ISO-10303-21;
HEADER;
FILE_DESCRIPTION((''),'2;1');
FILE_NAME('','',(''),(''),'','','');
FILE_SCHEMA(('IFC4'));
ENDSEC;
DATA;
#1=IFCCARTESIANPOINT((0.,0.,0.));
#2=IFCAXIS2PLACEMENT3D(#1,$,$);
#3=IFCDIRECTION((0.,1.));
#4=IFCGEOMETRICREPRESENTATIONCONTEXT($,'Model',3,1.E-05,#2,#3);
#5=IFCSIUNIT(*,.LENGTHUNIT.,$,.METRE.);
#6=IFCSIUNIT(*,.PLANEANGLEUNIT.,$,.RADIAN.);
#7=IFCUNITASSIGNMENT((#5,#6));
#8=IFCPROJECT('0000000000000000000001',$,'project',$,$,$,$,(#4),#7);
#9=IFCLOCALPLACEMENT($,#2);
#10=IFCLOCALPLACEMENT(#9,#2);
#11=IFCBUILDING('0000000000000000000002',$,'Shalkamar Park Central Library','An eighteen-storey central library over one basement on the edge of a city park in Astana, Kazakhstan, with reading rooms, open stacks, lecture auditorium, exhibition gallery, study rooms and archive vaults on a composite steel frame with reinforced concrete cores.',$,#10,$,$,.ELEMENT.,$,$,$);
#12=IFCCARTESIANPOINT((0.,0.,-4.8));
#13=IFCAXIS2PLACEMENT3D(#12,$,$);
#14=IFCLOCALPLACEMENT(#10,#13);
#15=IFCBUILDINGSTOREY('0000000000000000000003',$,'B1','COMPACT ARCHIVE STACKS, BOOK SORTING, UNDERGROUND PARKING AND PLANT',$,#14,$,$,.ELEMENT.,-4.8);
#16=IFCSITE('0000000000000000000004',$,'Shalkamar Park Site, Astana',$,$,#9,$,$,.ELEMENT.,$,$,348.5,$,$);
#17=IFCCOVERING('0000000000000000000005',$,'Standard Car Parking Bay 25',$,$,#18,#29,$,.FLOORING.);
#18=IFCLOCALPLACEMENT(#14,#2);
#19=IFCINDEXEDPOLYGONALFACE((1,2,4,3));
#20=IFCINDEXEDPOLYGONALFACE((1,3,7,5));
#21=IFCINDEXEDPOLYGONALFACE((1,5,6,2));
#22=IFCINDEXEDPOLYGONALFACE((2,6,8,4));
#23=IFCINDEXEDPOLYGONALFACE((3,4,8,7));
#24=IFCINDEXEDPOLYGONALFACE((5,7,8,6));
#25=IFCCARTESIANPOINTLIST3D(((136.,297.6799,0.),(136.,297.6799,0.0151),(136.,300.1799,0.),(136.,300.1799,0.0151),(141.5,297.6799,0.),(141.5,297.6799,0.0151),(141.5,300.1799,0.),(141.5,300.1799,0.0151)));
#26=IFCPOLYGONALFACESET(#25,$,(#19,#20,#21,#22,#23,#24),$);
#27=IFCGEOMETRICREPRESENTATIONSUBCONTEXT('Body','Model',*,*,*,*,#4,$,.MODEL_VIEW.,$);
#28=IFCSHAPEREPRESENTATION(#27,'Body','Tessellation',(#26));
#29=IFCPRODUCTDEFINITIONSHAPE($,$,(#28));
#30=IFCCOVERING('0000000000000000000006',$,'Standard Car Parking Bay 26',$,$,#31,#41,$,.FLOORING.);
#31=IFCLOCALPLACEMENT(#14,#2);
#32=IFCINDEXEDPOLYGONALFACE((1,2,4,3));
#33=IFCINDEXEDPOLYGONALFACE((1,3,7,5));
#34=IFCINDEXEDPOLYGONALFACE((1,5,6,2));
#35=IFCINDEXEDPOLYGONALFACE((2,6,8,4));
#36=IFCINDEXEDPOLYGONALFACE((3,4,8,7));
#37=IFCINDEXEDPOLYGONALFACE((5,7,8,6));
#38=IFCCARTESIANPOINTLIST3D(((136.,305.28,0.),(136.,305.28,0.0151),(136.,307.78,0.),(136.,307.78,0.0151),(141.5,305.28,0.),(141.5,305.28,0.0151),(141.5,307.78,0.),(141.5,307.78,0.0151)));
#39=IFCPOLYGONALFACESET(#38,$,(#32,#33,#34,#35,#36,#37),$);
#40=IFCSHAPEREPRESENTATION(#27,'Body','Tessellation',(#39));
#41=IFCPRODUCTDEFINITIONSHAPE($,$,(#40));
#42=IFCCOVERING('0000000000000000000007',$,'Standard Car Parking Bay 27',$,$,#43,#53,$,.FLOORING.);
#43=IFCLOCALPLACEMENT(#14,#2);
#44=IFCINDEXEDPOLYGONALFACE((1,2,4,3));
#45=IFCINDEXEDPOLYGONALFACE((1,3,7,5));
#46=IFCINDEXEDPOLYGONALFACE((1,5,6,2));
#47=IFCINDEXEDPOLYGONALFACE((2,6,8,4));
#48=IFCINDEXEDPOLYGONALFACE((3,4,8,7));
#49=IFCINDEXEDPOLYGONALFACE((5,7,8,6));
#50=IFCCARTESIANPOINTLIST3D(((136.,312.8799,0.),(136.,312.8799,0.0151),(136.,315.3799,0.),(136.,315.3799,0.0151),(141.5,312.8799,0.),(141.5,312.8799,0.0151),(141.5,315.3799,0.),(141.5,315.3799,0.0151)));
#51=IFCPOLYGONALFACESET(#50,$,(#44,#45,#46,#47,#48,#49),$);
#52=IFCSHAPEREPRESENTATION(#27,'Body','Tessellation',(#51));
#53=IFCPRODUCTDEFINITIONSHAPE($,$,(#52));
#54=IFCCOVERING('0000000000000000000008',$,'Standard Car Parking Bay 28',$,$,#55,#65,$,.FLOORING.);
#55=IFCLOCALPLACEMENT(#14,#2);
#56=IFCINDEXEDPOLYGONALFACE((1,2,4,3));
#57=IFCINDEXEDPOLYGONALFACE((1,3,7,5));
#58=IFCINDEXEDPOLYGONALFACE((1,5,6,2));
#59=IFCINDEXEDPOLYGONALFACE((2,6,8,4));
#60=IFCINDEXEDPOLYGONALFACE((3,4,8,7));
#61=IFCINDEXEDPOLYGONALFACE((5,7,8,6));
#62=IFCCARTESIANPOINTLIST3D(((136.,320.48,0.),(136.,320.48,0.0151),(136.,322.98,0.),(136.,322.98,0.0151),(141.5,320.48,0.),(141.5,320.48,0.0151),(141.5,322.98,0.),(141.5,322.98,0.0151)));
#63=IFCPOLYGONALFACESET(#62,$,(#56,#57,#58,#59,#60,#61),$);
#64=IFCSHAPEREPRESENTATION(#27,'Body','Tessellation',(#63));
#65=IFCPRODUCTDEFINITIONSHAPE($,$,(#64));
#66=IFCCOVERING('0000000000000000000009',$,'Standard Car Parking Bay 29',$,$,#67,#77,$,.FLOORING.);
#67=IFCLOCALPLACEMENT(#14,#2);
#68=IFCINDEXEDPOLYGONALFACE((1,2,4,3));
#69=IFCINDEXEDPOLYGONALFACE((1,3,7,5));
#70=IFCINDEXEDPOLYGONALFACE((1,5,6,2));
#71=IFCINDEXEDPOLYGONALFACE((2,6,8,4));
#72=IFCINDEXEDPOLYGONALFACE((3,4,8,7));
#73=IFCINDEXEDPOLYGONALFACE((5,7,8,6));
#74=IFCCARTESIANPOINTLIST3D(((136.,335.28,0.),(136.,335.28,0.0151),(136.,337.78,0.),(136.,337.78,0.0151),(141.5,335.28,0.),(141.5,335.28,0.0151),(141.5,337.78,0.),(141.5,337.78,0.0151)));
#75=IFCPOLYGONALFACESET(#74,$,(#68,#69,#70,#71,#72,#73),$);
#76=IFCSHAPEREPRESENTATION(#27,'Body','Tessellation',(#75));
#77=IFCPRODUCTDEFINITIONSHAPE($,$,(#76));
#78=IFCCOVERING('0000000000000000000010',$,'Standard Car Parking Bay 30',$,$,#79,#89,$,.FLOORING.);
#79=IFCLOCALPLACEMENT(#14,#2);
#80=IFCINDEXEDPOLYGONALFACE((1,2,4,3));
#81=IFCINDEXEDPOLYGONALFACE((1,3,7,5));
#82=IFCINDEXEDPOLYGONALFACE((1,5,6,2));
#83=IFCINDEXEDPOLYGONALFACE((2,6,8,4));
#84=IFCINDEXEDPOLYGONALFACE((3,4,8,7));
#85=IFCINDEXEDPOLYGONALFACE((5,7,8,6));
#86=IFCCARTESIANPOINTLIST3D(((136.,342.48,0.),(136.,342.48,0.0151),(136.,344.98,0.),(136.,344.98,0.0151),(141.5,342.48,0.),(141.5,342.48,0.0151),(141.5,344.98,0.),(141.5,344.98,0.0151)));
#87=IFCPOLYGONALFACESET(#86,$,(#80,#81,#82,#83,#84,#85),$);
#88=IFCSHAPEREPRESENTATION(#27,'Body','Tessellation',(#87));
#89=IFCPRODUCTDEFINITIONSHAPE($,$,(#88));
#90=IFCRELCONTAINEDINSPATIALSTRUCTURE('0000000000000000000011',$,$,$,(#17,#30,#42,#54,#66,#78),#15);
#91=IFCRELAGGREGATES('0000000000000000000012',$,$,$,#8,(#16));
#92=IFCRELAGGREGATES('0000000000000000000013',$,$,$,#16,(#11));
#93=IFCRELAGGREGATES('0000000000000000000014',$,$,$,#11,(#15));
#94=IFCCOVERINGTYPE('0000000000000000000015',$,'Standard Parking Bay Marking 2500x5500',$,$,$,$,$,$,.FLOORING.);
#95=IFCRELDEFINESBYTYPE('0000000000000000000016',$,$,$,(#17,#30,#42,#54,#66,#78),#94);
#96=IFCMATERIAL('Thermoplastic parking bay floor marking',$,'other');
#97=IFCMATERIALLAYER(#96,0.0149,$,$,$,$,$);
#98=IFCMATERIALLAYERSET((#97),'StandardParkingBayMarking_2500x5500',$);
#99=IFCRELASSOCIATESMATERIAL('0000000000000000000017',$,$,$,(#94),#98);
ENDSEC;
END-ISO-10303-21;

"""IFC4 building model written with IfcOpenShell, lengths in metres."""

from ifc_helpers import new_model, si_unit, direction, frame, origin, place, context, subcontext, project, spatial, polyline, outline, extrude, material, layer, layer_set, type_object, element, save


model = new_model("IFC4")

# Units and contexts
model_context = context("Model", 3, precision=1e-05, world=origin(), true_north=direction((0.0, 1.0)))
body_context = subcontext(model_context, "Body", "Model", "MODEL_VIEW")
ifc_project = project(units=[si_unit("LENGTHUNIT", "METRE"), si_unit("PLANEANGLEUNIT", "RADIAN")], contexts=[model_context])

# Site, building, storey
site_placement = place(None, origin())
site = spatial("IfcSite", under=ifc_project, at=site_placement, Name="Shalkamar Park Site, Astana", CompositionType="ELEMENT", RefElevation=348.5)
building_placement = place(site_placement, origin())
building = spatial("IfcBuilding", under=site, at=building_placement, Name="Shalkamar Park Central Library", Description="An eighteen-storey central library over one basement on the edge of a city park in Astana, Kazakhstan, with reading rooms, open stacks, lecture auditorium, exhibition gallery, study rooms and archive vaults on a composite steel frame with reinforced concrete cores.", CompositionType="ELEMENT")
storey_placement = place(building_placement, frame((0.0, 0.0, -4.8)))
storey = spatial("IfcBuildingStorey", under=building, at=storey_placement, Name="B1", Description="COMPACT ARCHIVE STACKS, BOOK SORTING, UNDERGROUND PARKING AND PLANT", CompositionType="ELEMENT", Elevation=-4.8)

# Coverings
ifc_material_1 = material(Name="Thermoplastic parking bay floor marking", Category="other")
ifc_layer_1 = layer(ifc_material_1, 0.0149)
ifc_layer_set_1 = layer_set([ifc_layer_1], Name="StandardParkingBayMarking_2500x5500")
covering_type_1 = type_object("IfcCoveringType", Name="Standard Parking Bay Marking 2500x5500", PredefinedType="FLOORING", material=ifc_layer_set_1)
covering_1_placement = place(storey_placement, origin())
element("IfcCovering", 1, at=covering_1_placement, inside=storey, type_object=covering_type_1, Name="Standard Car Parking Bay 25", PredefinedType="FLOORING", context=body_context, shape_type="SweptSolid", body=[
    extrude(outline(polyline([(136.0, 297.6799), (141.5, 297.6799), (141.5, 300.1799), (136.0, 300.1799), (136.0, 297.6799)])), origin(), (0.0, 0.0, 1.0), 0.0151),
])
covering_2_placement = place(storey_placement, origin())
element("IfcCovering", 2, at=covering_2_placement, inside=storey, type_object=covering_type_1, Name="Standard Car Parking Bay 26", PredefinedType="FLOORING", context=body_context, shape_type="SweptSolid", body=[
    extrude(outline(polyline([(136.0, 305.28), (141.5, 305.28), (141.5, 307.78), (136.0, 307.78), (136.0, 305.28)])), origin(), (0.0, 0.0, 1.0), 0.0151),
])
covering_3_placement = place(storey_placement, origin())
element("IfcCovering", 3, at=covering_3_placement, inside=storey, type_object=covering_type_1, Name="Standard Car Parking Bay 27", PredefinedType="FLOORING", context=body_context, shape_type="SweptSolid", body=[
    extrude(outline(polyline([(136.0, 312.8799), (141.5, 312.8799), (141.5, 315.3799), (136.0, 315.3799), (136.0, 312.8799)])), origin(), (0.0, 0.0, 1.0), 0.0151),
])
covering_4_placement = place(storey_placement, origin())
element("IfcCovering", 4, at=covering_4_placement, inside=storey, type_object=covering_type_1, Name="Standard Car Parking Bay 28", PredefinedType="FLOORING", context=body_context, shape_type="SweptSolid", body=[
    extrude(outline(polyline([(136.0, 320.48), (141.5, 320.48), (141.5, 322.98), (136.0, 322.98), (136.0, 320.48)])), origin(), (0.0, 0.0, 1.0), 0.0151),
])
covering_5_placement = place(storey_placement, origin())
element("IfcCovering", 5, at=covering_5_placement, inside=storey, type_object=covering_type_1, Name="Standard Car Parking Bay 29", PredefinedType="FLOORING", context=body_context, shape_type="SweptSolid", body=[
    extrude(outline(polyline([(136.0, 335.28), (141.5, 335.28), (141.5, 337.78), (136.0, 337.78), (136.0, 335.28)])), origin(), (0.0, 0.0, 1.0), 0.0151),
])
covering_6_placement = place(storey_placement, origin())
element("IfcCovering", 6, at=covering_6_placement, inside=storey, type_object=covering_type_1, Name="Standard Car Parking Bay 30", PredefinedType="FLOORING", context=body_context, shape_type="SweptSolid", body=[
    extrude(outline(polyline([(136.0, 342.48), (141.5, 342.48), (141.5, 344.98), (136.0, 344.98), (136.0, 342.48)])), origin(), (0.0, 0.0, 1.0), 0.0151),
])

save(model, "model.ifc")
